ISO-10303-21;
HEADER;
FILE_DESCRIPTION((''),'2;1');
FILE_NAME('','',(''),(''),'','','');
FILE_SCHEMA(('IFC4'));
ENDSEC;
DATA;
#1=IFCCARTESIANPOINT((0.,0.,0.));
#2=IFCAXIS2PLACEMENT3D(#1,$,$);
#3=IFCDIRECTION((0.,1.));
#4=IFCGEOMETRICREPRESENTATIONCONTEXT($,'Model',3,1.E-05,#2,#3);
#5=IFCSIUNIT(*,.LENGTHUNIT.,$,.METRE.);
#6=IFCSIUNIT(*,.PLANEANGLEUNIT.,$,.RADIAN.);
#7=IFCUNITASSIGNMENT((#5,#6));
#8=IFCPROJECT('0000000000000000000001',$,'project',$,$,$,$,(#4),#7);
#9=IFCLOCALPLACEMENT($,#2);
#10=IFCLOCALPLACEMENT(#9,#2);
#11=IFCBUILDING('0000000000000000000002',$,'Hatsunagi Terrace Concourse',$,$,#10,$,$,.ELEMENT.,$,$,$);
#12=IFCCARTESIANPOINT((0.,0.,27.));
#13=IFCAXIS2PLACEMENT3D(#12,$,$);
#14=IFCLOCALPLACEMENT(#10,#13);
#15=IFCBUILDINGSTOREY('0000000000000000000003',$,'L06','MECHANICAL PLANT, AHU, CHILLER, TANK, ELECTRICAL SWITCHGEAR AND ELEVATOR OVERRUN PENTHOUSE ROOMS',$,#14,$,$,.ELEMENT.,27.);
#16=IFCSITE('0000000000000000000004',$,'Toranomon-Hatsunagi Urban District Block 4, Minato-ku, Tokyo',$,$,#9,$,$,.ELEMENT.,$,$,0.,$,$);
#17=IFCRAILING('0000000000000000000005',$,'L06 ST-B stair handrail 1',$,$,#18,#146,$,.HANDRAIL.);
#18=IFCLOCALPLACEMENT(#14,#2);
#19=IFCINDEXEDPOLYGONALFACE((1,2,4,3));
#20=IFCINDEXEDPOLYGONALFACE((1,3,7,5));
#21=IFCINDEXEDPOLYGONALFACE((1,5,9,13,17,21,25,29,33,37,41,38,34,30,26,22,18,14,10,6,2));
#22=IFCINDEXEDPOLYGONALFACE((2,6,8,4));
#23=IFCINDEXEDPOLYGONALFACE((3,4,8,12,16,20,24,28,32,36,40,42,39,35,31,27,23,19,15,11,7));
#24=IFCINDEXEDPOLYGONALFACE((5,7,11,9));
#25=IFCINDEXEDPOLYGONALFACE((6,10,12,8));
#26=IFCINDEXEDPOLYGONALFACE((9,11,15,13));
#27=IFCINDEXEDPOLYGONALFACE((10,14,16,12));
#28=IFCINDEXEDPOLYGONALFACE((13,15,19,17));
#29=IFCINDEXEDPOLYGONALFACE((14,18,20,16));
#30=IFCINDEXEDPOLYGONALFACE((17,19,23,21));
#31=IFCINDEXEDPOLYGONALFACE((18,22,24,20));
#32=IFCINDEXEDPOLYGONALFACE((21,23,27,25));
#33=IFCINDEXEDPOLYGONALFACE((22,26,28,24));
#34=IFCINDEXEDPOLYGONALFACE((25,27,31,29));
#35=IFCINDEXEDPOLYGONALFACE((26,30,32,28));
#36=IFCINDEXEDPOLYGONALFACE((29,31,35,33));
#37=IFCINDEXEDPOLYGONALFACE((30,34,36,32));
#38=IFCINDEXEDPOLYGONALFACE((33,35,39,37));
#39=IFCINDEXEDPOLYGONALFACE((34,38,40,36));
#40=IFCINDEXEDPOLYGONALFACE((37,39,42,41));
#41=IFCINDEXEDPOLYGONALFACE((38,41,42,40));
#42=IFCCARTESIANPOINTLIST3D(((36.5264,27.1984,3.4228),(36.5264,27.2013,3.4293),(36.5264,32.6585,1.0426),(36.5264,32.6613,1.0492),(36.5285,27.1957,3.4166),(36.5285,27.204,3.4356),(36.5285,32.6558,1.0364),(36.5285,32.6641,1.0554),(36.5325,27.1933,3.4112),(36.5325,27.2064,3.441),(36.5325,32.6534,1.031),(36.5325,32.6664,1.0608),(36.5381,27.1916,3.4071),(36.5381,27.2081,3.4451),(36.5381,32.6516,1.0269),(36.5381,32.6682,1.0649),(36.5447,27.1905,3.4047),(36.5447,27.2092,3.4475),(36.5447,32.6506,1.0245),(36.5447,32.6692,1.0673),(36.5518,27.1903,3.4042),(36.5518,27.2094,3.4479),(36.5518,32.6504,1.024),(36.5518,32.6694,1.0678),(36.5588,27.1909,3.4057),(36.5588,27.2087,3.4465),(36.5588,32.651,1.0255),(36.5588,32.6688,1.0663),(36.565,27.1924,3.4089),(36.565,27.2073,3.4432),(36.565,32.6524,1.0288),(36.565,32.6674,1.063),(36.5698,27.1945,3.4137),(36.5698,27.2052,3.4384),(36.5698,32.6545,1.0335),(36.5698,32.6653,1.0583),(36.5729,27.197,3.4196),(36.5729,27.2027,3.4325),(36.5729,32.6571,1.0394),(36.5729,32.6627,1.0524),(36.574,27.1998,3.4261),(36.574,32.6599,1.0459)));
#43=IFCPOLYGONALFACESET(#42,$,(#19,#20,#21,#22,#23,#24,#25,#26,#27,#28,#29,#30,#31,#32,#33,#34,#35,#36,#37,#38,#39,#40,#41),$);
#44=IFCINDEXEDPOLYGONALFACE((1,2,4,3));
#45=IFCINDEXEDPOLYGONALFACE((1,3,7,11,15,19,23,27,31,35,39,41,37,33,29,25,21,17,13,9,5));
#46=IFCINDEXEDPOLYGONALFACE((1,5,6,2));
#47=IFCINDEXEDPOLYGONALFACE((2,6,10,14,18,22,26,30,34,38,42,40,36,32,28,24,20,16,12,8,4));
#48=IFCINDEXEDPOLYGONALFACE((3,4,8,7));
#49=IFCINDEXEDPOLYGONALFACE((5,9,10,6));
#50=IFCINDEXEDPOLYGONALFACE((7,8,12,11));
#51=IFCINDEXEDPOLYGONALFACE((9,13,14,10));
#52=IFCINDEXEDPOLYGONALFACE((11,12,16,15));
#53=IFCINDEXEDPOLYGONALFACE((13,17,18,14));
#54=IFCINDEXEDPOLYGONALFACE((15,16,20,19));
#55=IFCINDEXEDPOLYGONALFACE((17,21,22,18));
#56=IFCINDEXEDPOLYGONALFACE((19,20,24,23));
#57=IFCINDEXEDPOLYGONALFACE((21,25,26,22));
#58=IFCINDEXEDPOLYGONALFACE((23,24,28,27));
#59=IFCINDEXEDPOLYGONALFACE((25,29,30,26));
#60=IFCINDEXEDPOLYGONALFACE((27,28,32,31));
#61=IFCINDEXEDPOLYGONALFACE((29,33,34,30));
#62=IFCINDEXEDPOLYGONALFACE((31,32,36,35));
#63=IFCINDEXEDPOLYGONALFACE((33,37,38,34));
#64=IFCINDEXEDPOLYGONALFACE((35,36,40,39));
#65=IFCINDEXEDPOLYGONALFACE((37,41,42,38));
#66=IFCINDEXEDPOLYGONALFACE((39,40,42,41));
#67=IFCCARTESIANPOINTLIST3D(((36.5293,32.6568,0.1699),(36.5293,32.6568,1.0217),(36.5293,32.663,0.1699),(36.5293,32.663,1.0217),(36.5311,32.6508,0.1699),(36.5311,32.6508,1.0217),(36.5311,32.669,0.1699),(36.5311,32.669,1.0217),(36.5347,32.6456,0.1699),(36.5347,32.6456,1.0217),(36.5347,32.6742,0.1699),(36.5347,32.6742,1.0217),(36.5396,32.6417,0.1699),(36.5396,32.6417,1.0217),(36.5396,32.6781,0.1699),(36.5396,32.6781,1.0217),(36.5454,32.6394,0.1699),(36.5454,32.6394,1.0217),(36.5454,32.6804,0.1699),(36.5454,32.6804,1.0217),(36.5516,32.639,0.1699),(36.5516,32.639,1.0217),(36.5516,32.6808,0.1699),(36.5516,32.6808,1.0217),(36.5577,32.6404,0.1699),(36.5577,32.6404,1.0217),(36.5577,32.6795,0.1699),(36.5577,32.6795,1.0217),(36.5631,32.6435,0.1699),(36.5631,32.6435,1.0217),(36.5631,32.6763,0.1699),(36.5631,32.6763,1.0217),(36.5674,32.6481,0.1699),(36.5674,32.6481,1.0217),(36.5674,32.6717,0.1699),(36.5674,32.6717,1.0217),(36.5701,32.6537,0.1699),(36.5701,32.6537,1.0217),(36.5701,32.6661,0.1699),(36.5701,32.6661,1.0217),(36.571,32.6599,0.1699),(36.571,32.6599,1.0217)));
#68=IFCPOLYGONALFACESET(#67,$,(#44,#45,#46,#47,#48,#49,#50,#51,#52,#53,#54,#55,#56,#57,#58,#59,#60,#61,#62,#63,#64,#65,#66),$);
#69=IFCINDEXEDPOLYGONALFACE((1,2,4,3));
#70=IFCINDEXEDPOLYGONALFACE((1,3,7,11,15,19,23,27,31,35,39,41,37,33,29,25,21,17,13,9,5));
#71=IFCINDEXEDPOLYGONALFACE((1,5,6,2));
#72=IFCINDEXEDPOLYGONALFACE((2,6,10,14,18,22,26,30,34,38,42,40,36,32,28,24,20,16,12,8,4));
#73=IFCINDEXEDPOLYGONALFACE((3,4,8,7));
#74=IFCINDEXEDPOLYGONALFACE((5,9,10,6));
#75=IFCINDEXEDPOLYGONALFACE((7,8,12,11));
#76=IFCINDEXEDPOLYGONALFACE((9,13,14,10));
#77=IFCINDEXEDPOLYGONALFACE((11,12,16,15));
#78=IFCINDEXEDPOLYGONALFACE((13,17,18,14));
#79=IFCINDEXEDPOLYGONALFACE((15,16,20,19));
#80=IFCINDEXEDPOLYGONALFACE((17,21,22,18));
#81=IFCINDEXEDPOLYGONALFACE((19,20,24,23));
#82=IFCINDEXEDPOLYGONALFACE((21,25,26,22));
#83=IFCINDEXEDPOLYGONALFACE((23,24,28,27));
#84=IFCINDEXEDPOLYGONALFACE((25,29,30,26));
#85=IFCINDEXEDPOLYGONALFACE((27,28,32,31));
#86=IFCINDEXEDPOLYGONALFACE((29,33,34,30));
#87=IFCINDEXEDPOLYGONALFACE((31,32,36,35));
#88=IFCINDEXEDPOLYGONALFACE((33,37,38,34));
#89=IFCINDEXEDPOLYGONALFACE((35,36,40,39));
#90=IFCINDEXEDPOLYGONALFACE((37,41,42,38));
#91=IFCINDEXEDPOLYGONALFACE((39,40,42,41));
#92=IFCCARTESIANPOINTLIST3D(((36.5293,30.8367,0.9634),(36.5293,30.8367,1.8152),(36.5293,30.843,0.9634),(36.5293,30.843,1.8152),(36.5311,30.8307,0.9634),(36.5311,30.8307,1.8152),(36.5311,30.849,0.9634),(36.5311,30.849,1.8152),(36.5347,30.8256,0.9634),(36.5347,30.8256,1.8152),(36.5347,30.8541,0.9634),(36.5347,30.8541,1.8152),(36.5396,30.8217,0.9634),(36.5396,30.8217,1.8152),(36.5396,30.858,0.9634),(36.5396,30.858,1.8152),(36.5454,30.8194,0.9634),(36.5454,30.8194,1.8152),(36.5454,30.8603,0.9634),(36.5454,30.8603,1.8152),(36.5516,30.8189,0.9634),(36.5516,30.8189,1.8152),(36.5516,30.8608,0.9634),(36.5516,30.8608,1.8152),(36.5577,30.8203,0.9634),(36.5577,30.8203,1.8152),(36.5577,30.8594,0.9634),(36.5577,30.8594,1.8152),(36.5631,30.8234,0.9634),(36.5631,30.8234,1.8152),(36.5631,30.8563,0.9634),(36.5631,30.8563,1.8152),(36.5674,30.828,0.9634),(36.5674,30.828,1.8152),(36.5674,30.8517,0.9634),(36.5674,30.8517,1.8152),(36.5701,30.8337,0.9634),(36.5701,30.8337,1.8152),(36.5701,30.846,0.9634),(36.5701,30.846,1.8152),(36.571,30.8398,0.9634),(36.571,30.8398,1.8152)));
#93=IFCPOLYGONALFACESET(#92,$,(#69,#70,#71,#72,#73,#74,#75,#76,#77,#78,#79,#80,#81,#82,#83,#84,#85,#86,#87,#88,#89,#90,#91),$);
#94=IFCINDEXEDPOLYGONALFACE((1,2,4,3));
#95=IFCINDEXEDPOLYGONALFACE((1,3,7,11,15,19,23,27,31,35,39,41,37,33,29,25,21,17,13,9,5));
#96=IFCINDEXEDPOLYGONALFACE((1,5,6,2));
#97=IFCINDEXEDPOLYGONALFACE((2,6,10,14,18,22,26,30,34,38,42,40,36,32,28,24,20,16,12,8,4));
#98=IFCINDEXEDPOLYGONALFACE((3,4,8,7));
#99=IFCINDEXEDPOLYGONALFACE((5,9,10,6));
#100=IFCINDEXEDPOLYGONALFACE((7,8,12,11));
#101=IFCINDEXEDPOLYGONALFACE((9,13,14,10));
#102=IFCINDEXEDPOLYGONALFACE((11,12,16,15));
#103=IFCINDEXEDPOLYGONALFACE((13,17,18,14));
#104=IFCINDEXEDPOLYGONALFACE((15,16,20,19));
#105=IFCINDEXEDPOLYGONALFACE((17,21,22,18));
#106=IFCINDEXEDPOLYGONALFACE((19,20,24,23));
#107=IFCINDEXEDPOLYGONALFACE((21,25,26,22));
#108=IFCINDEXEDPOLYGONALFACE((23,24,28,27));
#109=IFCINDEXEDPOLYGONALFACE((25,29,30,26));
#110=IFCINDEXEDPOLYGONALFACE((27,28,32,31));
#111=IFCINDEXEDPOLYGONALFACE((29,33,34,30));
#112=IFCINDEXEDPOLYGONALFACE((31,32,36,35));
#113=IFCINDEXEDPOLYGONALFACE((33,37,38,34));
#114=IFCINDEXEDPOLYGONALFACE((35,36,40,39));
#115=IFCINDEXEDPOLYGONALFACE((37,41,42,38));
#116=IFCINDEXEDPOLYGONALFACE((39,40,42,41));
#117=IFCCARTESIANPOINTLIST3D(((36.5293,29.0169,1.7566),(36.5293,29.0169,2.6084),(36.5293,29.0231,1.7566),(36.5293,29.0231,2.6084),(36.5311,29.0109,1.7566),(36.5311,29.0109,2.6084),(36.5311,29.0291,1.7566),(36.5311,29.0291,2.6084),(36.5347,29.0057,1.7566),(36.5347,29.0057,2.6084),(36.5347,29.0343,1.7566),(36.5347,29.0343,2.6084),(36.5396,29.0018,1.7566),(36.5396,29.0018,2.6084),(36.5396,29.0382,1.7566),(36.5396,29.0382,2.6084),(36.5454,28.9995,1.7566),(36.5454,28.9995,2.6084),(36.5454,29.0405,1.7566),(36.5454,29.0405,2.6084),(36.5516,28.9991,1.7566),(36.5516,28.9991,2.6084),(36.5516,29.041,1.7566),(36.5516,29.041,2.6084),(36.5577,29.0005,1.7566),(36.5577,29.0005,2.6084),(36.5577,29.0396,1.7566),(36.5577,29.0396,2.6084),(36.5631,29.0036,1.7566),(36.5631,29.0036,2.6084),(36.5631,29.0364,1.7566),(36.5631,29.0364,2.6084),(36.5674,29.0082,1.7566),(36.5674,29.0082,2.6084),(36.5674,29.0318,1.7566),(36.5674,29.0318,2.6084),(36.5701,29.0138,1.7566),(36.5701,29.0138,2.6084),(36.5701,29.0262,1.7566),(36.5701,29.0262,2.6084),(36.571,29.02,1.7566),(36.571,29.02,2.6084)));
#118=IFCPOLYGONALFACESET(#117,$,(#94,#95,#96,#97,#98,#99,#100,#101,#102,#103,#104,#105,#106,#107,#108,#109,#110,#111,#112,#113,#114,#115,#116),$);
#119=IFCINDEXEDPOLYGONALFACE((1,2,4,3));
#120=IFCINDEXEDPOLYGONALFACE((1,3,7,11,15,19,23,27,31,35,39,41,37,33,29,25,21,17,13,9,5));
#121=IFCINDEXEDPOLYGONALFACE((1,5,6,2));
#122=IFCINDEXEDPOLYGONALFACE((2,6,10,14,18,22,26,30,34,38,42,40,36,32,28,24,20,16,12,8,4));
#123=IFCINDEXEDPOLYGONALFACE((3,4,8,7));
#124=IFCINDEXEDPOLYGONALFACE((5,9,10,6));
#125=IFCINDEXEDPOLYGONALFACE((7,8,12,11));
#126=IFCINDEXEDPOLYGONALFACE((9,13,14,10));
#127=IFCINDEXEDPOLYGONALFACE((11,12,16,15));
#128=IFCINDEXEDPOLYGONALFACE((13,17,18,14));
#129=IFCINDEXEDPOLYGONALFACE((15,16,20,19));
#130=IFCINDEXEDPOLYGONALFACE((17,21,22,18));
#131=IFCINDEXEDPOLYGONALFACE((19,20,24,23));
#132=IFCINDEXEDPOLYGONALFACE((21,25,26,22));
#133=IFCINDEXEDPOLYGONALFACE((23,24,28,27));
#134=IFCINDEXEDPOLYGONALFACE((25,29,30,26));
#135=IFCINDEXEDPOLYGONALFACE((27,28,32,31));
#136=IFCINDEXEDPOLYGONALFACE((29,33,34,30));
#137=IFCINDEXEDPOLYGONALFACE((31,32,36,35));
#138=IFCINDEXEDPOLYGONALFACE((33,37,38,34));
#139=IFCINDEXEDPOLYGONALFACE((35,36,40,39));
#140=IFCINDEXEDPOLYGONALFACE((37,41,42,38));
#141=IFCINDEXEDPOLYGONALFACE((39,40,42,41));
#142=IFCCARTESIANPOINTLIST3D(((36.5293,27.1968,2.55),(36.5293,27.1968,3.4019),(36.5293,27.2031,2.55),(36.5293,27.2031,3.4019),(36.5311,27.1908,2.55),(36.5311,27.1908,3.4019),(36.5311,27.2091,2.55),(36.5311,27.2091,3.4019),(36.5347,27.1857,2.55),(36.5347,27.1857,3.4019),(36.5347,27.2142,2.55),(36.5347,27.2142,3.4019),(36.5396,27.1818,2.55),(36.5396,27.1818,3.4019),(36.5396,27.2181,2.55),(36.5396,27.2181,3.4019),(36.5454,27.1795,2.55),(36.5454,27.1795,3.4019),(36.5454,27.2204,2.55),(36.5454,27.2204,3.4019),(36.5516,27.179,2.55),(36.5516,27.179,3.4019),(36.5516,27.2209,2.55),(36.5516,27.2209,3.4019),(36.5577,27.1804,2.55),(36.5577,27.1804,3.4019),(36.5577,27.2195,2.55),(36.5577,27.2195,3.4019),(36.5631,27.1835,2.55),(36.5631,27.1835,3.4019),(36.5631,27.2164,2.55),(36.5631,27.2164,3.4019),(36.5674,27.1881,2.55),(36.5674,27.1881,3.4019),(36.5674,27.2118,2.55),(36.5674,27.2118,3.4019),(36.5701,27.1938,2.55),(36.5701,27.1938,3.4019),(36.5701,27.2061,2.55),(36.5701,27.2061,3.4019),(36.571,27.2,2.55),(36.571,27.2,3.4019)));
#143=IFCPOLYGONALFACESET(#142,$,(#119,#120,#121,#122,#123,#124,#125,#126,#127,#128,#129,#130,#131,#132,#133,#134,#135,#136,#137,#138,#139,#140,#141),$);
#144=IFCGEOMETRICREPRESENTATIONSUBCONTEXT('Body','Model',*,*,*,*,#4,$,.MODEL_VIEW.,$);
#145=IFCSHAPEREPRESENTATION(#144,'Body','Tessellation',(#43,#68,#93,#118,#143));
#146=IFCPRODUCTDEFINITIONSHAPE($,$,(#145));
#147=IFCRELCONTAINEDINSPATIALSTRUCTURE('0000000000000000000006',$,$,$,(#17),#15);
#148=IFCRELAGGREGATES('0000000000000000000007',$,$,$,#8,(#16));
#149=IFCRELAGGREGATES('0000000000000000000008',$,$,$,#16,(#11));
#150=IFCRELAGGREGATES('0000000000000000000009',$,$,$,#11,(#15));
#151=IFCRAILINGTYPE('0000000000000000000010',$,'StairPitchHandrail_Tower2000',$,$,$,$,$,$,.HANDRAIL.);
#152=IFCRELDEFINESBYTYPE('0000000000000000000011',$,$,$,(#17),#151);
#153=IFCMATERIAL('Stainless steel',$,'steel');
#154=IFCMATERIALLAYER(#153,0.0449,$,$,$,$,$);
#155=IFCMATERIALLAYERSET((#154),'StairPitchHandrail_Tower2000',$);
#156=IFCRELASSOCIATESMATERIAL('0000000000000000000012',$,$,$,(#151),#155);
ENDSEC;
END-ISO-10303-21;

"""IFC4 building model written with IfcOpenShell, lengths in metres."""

from ifc_helpers import new_model, si_unit, direction, frame, origin, origin_2d, place, context, subcontext, project, spatial, circle, extrude, material, layer, layer_set, type_object, element, save


model = new_model("IFC4")

# Units and contexts
model_context = context("Model", 3, precision=1e-05, world=origin(), true_north=direction((0.0, 1.0)))
body_context = subcontext(model_context, "Body", "Model", "MODEL_VIEW")
ifc_project = project(units=[si_unit("LENGTHUNIT", "METRE"), si_unit("PLANEANGLEUNIT", "RADIAN")], contexts=[model_context])

# Site, building, storey
site_placement = place(None, origin())
site = spatial("IfcSite", under=ifc_project, at=site_placement, Name="Toranomon-Hatsunagi Urban District Block 4, Minato-ku, Tokyo", CompositionType="ELEMENT", RefElevation=0.0)
building_placement = place(site_placement, origin())
building = spatial("IfcBuilding", under=site, at=building_placement, Name="Hatsunagi Terrace Concourse", CompositionType="ELEMENT")
storey_placement = place(building_placement, frame((0.0, 0.0, 27.0)))
storey = spatial("IfcBuildingStorey", under=building, at=storey_placement, Name="L06", Description="MECHANICAL PLANT, AHU, CHILLER, TANK, ELECTRICAL SWITCHGEAR AND ELEVATOR OVERRUN PENTHOUSE ROOMS", CompositionType="ELEMENT", Elevation=27.0)

# Railing
ifc_material_1 = material(Name="Stainless steel", Category="steel")
ifc_layer_1 = layer(ifc_material_1, 0.0449)
ifc_layer_set_1 = layer_set([ifc_layer_1], Name="StairPitchHandrail_Tower2000")
railing_type_1 = type_object("IfcRailingType", Name="StairPitchHandrail_Tower2000", PredefinedType="HANDRAIL", material=ifc_layer_set_1)
railing_1_placement = place(storey_placement, frame((36.55, 32.6599, 0.1699)))
element("IfcRailing", 1, at=railing_1_placement, inside=storey, type_object=railing_type_1, Name="L06 ST-B stair handrail 1", PredefinedType="HANDRAIL", context=body_context, shape_type="SweptSolid", body=[
    extrude(circle(Radius=0.0239, at=origin_2d()), frame((0.0, 0.0, 0.876), z_axis=(0.0, -0.916687, 0.399606), x_axis=(1.0, 0.0, 0.0)), (0.0, 0.0, 1.0), 5.9563),
    extrude(circle(Radius=0.021, at=origin_2d()), origin(), (0.0, 0.0, 1.0), 0.8518),
    extrude(circle(Radius=0.021, at=origin_2d()), frame((0.0, -1.8201, 0.7935)), (0.0, 0.0, 1.0), 0.8518),
    extrude(circle(Radius=0.021, at=origin_2d()), frame((0.0, -3.6399, 1.5867)), (0.0, 0.0, 1.0), 0.8518),
    extrude(circle(Radius=0.021, at=origin_2d()), frame((0.0, -5.46, 2.3801)), (0.0, 0.0, 1.0), 0.8518),
])

save(model, "model.ifc")
